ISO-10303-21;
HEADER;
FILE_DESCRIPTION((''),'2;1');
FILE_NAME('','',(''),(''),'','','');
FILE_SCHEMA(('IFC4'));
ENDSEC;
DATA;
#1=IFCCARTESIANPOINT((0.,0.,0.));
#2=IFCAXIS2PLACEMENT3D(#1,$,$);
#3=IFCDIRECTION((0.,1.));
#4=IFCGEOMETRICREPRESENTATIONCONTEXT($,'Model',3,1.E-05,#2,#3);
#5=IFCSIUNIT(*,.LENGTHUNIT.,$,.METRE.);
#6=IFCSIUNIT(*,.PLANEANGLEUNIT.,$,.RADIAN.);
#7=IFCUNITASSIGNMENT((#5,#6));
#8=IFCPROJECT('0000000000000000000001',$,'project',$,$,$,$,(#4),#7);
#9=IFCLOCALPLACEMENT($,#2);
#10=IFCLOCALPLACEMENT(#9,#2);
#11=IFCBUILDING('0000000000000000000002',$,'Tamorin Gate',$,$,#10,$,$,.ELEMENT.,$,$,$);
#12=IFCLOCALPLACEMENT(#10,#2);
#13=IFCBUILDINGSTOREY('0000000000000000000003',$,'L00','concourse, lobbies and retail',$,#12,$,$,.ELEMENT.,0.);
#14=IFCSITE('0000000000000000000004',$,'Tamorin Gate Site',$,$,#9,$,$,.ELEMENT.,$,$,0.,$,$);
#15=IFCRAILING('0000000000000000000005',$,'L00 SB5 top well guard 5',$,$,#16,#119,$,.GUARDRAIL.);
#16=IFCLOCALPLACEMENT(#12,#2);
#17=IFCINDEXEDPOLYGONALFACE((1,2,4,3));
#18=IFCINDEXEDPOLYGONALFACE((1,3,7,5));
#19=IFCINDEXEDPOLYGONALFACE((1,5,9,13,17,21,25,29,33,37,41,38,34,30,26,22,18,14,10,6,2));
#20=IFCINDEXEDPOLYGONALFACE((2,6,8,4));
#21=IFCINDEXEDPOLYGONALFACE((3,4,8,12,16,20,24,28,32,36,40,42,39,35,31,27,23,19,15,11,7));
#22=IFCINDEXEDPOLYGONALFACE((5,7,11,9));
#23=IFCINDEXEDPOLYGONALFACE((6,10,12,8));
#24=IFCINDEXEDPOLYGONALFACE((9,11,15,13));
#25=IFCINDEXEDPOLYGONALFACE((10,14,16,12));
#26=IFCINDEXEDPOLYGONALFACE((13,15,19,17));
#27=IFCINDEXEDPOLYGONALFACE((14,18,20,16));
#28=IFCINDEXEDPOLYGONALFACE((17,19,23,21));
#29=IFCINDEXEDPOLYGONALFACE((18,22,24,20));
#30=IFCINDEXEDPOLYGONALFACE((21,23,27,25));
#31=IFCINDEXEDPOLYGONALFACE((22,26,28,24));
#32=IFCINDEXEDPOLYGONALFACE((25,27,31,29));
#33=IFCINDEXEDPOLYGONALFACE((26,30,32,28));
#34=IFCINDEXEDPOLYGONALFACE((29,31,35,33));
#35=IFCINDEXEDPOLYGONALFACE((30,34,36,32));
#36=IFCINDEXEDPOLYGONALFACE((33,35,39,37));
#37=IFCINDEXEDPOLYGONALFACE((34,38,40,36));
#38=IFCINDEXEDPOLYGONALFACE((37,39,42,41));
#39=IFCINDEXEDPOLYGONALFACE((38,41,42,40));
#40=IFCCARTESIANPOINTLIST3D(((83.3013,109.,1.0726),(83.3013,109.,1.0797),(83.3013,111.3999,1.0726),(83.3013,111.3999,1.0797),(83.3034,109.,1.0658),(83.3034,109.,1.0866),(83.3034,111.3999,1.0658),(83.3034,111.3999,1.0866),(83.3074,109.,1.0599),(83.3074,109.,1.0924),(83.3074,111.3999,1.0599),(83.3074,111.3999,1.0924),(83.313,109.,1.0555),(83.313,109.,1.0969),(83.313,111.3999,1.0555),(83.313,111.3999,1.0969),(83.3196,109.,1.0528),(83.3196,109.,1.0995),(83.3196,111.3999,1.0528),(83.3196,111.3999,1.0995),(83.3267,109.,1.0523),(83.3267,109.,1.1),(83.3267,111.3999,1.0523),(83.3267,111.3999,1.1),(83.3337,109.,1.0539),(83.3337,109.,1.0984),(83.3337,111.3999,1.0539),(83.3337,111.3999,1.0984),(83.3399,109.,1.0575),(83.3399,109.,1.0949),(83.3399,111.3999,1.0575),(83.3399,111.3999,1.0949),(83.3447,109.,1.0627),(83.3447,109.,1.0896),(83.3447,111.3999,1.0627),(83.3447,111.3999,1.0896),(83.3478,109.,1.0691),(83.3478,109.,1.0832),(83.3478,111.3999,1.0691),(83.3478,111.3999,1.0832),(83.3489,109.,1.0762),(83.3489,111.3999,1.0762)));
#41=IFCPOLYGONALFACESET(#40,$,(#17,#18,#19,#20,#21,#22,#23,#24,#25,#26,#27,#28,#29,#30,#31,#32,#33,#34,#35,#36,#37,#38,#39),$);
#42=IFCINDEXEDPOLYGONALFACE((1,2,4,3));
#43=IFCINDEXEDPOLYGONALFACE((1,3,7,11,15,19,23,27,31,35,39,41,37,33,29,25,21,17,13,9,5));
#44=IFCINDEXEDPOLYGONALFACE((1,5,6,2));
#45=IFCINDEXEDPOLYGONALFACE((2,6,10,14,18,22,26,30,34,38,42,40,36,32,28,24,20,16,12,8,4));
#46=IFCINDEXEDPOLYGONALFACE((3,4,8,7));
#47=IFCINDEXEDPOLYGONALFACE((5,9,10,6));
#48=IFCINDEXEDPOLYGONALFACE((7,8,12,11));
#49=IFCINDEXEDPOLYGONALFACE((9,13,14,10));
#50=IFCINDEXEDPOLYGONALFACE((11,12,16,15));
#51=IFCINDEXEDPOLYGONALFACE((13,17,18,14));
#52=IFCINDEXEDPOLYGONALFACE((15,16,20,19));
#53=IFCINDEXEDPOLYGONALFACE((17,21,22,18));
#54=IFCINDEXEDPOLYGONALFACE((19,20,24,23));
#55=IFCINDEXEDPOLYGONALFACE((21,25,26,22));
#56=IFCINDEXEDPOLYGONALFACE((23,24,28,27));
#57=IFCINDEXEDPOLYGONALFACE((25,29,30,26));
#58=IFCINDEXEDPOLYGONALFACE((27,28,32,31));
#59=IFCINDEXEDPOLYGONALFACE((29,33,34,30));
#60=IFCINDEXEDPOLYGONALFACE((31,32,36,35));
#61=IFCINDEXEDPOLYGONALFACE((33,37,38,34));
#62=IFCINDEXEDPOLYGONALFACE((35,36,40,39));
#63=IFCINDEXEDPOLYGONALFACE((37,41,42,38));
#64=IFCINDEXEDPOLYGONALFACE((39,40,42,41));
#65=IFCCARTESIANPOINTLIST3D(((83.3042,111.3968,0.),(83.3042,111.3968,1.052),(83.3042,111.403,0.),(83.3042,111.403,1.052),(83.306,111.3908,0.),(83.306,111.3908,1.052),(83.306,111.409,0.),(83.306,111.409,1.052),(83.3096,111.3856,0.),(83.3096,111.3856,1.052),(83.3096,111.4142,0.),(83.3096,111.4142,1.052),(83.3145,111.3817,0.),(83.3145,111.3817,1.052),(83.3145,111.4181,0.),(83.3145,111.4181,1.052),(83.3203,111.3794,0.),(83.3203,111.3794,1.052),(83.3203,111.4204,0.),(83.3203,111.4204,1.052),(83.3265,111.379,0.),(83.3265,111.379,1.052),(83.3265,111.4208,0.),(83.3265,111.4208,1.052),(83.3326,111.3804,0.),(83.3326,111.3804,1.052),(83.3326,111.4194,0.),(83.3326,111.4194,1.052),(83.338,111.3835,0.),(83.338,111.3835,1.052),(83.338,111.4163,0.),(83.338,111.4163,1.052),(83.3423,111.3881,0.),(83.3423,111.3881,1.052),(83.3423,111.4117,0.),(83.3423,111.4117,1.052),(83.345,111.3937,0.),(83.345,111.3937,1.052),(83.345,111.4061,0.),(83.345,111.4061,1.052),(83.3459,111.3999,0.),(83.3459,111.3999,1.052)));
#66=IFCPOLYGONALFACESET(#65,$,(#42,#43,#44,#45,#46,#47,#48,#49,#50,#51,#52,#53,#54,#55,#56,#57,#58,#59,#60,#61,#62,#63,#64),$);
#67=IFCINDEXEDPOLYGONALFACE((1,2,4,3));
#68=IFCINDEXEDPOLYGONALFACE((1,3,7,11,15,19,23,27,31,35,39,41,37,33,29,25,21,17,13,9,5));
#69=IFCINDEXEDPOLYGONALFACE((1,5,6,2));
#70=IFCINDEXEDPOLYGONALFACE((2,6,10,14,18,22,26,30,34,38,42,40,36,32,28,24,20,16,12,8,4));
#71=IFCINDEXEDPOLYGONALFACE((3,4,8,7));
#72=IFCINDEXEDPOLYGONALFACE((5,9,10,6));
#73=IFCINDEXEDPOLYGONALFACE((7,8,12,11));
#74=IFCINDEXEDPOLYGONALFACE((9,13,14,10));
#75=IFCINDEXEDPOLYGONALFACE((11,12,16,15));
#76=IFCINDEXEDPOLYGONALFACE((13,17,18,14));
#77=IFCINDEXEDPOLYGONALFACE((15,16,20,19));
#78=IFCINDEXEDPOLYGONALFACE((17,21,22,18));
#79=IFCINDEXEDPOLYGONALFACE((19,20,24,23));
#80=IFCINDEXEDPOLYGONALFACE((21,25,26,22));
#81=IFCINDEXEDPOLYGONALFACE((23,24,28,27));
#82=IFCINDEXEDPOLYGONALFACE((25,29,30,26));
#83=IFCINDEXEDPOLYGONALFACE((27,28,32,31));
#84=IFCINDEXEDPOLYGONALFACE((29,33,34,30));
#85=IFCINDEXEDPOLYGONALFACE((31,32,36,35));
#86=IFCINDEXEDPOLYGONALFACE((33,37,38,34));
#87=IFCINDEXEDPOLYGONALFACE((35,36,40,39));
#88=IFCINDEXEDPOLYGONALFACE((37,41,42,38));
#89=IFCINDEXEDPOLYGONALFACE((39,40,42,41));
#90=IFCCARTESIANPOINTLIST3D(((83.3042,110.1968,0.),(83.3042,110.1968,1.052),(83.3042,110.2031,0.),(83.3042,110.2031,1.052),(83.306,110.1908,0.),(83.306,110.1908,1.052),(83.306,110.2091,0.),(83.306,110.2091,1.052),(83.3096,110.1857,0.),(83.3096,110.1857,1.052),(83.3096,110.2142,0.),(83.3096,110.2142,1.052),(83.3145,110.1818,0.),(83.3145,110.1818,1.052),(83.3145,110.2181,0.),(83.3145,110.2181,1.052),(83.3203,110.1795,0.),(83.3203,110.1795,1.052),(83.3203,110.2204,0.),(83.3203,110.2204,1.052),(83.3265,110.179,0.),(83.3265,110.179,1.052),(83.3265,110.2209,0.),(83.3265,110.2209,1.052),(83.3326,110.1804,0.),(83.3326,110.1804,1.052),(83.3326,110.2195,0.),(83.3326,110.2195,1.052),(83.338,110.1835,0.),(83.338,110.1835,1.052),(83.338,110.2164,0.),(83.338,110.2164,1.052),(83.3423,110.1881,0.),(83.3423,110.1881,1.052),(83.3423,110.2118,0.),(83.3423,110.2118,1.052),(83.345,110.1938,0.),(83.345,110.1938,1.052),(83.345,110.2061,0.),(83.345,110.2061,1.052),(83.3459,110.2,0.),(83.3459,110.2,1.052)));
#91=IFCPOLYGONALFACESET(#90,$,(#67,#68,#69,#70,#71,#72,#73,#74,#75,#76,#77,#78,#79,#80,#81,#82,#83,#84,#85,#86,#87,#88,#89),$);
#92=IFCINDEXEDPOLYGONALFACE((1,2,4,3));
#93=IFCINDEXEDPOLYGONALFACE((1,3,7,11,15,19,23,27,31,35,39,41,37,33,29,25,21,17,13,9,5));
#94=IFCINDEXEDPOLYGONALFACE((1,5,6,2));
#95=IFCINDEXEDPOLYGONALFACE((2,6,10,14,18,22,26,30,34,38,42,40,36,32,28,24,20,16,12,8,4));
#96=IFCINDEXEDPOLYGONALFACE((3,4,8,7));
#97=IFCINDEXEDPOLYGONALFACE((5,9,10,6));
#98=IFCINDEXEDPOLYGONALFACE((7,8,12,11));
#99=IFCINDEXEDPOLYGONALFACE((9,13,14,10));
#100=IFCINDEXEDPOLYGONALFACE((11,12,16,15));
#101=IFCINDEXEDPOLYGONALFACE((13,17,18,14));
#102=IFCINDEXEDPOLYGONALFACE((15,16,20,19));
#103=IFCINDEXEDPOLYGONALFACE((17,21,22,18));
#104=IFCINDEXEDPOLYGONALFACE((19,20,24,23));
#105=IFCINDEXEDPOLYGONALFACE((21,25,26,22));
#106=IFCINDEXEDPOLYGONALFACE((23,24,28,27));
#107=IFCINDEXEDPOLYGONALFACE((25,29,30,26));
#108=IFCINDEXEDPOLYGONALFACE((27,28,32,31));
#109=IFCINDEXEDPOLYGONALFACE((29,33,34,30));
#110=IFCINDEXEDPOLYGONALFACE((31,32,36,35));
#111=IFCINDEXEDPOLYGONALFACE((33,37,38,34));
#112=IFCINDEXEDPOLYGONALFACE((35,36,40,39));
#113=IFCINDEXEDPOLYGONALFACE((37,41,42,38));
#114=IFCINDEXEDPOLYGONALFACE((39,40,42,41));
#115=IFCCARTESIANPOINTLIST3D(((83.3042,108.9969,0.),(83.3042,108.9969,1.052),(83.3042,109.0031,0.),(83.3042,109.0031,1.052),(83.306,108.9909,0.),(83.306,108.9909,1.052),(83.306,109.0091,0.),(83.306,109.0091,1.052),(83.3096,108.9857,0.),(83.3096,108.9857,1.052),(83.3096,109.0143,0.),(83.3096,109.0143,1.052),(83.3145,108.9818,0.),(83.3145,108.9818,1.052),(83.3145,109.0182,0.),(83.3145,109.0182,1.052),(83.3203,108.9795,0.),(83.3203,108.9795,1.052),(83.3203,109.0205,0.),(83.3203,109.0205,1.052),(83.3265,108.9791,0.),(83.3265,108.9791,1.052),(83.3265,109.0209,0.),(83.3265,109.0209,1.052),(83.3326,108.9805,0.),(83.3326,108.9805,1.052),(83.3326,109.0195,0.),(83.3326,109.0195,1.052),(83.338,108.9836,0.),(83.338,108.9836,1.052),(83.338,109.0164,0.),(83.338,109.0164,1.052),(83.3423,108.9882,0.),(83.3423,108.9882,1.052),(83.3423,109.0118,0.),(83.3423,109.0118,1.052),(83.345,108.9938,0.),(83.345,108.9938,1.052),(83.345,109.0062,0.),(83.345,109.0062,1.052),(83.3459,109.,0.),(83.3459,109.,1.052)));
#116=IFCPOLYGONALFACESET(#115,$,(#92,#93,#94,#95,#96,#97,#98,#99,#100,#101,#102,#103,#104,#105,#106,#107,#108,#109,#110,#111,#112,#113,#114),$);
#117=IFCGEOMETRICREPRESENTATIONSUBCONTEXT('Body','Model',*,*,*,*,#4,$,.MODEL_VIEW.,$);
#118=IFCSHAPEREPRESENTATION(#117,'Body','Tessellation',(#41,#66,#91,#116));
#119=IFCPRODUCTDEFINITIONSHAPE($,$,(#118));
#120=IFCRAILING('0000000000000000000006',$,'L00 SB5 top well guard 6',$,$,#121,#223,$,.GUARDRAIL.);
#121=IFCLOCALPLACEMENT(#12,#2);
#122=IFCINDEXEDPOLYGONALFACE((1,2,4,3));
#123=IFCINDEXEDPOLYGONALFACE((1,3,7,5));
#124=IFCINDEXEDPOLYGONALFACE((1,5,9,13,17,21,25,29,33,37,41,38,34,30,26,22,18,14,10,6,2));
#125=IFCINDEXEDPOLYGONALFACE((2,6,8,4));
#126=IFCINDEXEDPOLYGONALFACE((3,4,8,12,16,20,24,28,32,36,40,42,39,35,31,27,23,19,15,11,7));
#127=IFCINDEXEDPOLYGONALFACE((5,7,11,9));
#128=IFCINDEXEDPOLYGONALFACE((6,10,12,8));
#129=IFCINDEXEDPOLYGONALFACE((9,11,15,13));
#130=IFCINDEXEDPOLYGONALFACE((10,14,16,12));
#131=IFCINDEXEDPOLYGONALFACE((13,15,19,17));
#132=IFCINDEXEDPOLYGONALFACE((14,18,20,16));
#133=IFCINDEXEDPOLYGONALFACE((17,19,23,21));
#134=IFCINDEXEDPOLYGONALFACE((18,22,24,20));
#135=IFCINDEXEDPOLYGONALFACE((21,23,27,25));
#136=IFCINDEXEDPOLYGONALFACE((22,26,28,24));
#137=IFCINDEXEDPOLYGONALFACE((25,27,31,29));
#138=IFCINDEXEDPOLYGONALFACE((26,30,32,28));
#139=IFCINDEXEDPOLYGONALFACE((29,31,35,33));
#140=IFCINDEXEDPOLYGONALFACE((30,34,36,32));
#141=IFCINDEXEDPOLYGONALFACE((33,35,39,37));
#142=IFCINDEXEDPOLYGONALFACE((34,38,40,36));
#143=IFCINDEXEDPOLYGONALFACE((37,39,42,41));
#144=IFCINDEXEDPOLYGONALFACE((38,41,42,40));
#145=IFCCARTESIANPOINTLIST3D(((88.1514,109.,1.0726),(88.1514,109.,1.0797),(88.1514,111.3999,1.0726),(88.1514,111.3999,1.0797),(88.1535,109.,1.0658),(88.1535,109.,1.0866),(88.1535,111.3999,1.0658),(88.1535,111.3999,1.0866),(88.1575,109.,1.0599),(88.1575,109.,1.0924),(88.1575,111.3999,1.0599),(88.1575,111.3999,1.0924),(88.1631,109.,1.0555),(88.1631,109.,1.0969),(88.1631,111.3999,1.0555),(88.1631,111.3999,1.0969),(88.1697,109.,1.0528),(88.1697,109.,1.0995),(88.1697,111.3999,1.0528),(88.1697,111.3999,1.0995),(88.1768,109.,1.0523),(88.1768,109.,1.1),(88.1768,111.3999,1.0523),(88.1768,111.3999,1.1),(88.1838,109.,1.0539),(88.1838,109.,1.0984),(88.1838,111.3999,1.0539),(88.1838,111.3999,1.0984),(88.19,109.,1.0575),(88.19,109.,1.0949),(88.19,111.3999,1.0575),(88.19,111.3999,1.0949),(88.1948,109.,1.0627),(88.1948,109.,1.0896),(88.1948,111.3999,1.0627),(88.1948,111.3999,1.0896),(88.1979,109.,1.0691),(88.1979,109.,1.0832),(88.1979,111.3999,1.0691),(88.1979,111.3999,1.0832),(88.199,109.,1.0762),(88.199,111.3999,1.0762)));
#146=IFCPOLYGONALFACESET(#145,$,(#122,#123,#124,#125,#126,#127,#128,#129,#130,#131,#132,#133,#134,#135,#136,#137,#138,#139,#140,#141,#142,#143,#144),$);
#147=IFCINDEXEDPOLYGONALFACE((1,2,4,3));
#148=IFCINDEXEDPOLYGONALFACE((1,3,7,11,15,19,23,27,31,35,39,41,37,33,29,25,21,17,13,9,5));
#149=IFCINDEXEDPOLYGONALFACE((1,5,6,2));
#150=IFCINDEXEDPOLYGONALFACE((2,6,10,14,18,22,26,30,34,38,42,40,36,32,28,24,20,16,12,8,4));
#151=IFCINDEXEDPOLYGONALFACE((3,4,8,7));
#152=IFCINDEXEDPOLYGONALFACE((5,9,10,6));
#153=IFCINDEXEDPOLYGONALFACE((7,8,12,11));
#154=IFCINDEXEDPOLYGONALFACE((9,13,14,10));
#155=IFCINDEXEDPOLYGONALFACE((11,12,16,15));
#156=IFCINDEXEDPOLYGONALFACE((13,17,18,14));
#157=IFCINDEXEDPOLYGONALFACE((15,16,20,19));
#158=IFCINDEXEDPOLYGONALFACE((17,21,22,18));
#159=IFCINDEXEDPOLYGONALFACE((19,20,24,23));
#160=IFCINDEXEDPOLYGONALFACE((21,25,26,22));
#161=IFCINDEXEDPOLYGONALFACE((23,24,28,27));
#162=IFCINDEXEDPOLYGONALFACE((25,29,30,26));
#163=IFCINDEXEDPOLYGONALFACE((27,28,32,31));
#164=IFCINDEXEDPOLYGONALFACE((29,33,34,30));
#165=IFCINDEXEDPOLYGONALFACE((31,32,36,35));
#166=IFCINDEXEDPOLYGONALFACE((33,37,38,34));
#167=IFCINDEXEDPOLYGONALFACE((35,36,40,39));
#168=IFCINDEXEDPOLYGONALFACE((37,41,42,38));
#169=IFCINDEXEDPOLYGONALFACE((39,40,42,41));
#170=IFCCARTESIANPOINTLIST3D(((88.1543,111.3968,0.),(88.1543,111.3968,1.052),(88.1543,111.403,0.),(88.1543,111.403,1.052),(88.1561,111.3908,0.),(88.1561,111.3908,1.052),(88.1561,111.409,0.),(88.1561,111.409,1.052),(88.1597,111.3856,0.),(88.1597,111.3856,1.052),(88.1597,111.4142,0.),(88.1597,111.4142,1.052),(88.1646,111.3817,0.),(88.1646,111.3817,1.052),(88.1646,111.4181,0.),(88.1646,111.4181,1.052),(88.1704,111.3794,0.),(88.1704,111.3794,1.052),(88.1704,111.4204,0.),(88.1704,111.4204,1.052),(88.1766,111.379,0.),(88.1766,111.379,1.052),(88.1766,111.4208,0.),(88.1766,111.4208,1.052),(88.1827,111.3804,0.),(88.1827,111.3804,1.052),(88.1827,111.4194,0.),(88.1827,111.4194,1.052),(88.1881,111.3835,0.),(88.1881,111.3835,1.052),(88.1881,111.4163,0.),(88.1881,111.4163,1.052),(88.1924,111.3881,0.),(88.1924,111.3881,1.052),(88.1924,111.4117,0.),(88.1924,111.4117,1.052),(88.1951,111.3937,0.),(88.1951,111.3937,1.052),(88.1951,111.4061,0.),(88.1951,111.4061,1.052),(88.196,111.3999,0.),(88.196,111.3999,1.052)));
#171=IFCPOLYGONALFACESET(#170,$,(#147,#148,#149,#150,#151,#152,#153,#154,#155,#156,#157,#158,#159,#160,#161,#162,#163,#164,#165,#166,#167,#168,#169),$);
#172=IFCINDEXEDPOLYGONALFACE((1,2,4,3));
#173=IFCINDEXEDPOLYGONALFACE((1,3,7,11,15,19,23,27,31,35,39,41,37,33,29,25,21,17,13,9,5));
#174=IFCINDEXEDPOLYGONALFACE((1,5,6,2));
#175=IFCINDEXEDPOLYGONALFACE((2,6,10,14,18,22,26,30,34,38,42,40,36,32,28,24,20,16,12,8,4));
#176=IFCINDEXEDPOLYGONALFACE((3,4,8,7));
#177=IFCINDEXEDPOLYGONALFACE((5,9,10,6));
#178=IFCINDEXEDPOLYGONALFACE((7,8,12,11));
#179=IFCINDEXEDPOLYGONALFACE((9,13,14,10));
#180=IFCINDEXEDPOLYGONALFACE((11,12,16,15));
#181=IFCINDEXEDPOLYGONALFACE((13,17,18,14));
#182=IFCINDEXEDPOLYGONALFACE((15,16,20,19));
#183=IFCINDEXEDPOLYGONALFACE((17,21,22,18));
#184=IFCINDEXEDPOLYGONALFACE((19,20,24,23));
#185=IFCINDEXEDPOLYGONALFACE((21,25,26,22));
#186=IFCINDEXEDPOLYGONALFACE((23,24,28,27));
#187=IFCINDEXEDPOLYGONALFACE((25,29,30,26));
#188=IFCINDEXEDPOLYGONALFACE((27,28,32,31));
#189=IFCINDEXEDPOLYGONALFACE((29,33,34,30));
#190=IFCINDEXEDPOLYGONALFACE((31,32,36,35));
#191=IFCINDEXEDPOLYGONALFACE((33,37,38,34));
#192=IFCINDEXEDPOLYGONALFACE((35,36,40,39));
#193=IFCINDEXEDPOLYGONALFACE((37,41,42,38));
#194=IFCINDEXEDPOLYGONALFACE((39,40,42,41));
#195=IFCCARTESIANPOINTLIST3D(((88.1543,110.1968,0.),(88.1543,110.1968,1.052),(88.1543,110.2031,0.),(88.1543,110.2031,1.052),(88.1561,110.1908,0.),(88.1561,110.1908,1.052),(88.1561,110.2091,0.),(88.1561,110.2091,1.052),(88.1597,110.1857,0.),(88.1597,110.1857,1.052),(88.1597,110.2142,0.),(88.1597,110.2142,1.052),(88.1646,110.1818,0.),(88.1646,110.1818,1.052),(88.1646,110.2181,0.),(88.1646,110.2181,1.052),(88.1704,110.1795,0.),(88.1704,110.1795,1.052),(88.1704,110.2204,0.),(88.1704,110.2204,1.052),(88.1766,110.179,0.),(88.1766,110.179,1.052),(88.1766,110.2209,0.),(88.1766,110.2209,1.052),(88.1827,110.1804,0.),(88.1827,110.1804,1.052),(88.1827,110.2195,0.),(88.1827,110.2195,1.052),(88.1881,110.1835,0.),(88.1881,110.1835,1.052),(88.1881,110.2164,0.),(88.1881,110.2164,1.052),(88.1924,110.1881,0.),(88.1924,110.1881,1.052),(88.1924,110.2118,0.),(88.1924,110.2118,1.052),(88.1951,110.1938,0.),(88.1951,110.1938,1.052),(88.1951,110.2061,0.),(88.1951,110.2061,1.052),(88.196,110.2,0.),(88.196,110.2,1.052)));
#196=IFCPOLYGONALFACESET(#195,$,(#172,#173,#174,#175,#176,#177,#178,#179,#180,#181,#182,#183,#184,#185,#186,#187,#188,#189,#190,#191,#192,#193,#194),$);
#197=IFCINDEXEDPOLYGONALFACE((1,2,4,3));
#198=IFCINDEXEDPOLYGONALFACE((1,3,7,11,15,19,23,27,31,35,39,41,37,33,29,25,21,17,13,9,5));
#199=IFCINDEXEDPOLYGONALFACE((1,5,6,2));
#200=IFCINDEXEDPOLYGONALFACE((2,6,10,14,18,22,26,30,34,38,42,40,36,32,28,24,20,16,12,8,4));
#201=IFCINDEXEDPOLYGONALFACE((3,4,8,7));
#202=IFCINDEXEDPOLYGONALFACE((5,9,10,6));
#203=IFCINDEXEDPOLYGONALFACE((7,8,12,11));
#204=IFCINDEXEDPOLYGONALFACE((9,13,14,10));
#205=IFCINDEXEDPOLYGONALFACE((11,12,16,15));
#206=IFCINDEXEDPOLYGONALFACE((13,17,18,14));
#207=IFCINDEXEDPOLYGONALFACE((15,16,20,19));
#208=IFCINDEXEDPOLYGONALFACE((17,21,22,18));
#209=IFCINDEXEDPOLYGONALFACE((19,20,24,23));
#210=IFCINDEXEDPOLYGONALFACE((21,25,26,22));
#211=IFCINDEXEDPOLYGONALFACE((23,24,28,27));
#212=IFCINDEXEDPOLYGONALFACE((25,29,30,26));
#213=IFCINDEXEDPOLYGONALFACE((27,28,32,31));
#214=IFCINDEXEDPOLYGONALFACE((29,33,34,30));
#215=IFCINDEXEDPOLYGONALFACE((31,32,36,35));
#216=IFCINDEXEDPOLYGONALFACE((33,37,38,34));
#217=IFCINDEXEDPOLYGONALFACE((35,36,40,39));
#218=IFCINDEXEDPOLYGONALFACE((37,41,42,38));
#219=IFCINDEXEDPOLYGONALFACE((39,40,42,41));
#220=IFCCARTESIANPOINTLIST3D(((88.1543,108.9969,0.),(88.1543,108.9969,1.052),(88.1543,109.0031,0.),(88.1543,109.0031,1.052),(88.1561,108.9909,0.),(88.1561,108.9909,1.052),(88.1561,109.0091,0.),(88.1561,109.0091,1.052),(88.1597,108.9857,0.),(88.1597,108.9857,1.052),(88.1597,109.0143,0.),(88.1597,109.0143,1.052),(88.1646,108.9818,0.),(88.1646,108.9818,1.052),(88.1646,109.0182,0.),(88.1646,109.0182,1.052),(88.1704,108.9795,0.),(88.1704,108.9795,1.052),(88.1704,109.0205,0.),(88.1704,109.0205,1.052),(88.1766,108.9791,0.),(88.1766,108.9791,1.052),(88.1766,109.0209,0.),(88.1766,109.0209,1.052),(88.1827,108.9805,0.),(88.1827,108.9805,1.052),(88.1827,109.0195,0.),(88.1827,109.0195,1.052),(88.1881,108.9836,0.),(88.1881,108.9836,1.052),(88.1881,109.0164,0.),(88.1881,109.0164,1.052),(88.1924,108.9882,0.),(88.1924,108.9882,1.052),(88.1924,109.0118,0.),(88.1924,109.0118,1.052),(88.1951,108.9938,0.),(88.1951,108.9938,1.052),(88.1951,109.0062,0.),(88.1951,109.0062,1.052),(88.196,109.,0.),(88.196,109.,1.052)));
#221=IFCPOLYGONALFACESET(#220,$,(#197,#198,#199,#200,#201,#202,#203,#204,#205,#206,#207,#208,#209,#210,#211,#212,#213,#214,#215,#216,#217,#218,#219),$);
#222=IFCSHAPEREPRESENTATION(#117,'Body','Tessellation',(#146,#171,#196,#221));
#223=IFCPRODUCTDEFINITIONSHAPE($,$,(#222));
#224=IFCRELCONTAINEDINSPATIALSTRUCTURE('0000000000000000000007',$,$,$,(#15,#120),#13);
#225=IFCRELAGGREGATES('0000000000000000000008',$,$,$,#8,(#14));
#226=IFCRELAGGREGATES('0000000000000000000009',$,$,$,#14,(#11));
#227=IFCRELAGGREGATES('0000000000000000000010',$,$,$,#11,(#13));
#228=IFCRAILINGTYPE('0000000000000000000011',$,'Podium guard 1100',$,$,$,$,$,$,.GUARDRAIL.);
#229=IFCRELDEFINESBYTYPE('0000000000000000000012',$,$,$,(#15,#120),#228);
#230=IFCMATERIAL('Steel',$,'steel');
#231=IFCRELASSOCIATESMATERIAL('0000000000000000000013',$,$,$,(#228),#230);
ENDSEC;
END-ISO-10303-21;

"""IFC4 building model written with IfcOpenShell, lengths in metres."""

from ifc_helpers import new_model, si_unit, direction, frame, origin, origin_2d, place, context, subcontext, project, spatial, circle, extrude, material, type_object, element, save


model = new_model("IFC4")

# Units and contexts
model_context = context("Model", 3, precision=1e-05, world=origin(), true_north=direction((0.0, 1.0)))
body_context = subcontext(model_context, "Body", "Model", "MODEL_VIEW")
ifc_project = project(units=[si_unit("LENGTHUNIT", "METRE"), si_unit("PLANEANGLEUNIT", "RADIAN")], contexts=[model_context])

# Site, building, storey
site_placement = place(None, origin())
site = spatial("IfcSite", under=ifc_project, at=site_placement, Name="Tamorin Gate Site", CompositionType="ELEMENT", RefElevation=0.0)
building_placement = place(site_placement, origin())
building = spatial("IfcBuilding", under=site, at=building_placement, Name="Tamorin Gate", CompositionType="ELEMENT")
storey_placement = place(building_placement, origin())
storey = spatial("IfcBuildingStorey", under=building, at=storey_placement, Name="L00", Description="concourse, lobbies and retail", CompositionType="ELEMENT", Elevation=0.0)

# Railings
ifc_material_1 = material(Name="Steel", Category="steel")
railing_type = type_object("IfcRailingType", Name="Podium guard 1100", PredefinedType="GUARDRAIL", material=ifc_material_1)
for number, where, name in (
    (1, (83.325, 111.3999, 0.0), "L00 SB5 top well guard 5"),
    (2, (88.175, 111.3999, 0.0), "L00 SB5 top well guard 6"),
):
    element("IfcRailing", number, at=place(storey_placement, frame(where)), inside=storey, type_object=railing_type, Name=name, PredefinedType="GUARDRAIL", context=body_context, shape_type="SweptSolid", body=[
        extrude(circle(Radius=0.0239, at=origin_2d()), frame((0.0, 0.0, 1.0762), z_axis=(0.0, -1.0, 0.0), x_axis=(1.0, 0.0, 0.0)), (0.0, 0.0, 1.0), 2.3999),
        extrude(circle(Radius=0.021, at=origin_2d()), origin(), (0.0, 0.0, 1.0), 1.052),
        extrude(circle(Radius=0.021, at=origin_2d()), frame((0.0, -1.2, 0.0)), (0.0, 0.0, 1.0), 1.052),
        extrude(circle(Radius=0.021, at=origin_2d()), frame((0.0, -2.3999, 0.0)), (0.0, 0.0, 1.0), 1.052),
    ])

save(model, "model.ifc")
